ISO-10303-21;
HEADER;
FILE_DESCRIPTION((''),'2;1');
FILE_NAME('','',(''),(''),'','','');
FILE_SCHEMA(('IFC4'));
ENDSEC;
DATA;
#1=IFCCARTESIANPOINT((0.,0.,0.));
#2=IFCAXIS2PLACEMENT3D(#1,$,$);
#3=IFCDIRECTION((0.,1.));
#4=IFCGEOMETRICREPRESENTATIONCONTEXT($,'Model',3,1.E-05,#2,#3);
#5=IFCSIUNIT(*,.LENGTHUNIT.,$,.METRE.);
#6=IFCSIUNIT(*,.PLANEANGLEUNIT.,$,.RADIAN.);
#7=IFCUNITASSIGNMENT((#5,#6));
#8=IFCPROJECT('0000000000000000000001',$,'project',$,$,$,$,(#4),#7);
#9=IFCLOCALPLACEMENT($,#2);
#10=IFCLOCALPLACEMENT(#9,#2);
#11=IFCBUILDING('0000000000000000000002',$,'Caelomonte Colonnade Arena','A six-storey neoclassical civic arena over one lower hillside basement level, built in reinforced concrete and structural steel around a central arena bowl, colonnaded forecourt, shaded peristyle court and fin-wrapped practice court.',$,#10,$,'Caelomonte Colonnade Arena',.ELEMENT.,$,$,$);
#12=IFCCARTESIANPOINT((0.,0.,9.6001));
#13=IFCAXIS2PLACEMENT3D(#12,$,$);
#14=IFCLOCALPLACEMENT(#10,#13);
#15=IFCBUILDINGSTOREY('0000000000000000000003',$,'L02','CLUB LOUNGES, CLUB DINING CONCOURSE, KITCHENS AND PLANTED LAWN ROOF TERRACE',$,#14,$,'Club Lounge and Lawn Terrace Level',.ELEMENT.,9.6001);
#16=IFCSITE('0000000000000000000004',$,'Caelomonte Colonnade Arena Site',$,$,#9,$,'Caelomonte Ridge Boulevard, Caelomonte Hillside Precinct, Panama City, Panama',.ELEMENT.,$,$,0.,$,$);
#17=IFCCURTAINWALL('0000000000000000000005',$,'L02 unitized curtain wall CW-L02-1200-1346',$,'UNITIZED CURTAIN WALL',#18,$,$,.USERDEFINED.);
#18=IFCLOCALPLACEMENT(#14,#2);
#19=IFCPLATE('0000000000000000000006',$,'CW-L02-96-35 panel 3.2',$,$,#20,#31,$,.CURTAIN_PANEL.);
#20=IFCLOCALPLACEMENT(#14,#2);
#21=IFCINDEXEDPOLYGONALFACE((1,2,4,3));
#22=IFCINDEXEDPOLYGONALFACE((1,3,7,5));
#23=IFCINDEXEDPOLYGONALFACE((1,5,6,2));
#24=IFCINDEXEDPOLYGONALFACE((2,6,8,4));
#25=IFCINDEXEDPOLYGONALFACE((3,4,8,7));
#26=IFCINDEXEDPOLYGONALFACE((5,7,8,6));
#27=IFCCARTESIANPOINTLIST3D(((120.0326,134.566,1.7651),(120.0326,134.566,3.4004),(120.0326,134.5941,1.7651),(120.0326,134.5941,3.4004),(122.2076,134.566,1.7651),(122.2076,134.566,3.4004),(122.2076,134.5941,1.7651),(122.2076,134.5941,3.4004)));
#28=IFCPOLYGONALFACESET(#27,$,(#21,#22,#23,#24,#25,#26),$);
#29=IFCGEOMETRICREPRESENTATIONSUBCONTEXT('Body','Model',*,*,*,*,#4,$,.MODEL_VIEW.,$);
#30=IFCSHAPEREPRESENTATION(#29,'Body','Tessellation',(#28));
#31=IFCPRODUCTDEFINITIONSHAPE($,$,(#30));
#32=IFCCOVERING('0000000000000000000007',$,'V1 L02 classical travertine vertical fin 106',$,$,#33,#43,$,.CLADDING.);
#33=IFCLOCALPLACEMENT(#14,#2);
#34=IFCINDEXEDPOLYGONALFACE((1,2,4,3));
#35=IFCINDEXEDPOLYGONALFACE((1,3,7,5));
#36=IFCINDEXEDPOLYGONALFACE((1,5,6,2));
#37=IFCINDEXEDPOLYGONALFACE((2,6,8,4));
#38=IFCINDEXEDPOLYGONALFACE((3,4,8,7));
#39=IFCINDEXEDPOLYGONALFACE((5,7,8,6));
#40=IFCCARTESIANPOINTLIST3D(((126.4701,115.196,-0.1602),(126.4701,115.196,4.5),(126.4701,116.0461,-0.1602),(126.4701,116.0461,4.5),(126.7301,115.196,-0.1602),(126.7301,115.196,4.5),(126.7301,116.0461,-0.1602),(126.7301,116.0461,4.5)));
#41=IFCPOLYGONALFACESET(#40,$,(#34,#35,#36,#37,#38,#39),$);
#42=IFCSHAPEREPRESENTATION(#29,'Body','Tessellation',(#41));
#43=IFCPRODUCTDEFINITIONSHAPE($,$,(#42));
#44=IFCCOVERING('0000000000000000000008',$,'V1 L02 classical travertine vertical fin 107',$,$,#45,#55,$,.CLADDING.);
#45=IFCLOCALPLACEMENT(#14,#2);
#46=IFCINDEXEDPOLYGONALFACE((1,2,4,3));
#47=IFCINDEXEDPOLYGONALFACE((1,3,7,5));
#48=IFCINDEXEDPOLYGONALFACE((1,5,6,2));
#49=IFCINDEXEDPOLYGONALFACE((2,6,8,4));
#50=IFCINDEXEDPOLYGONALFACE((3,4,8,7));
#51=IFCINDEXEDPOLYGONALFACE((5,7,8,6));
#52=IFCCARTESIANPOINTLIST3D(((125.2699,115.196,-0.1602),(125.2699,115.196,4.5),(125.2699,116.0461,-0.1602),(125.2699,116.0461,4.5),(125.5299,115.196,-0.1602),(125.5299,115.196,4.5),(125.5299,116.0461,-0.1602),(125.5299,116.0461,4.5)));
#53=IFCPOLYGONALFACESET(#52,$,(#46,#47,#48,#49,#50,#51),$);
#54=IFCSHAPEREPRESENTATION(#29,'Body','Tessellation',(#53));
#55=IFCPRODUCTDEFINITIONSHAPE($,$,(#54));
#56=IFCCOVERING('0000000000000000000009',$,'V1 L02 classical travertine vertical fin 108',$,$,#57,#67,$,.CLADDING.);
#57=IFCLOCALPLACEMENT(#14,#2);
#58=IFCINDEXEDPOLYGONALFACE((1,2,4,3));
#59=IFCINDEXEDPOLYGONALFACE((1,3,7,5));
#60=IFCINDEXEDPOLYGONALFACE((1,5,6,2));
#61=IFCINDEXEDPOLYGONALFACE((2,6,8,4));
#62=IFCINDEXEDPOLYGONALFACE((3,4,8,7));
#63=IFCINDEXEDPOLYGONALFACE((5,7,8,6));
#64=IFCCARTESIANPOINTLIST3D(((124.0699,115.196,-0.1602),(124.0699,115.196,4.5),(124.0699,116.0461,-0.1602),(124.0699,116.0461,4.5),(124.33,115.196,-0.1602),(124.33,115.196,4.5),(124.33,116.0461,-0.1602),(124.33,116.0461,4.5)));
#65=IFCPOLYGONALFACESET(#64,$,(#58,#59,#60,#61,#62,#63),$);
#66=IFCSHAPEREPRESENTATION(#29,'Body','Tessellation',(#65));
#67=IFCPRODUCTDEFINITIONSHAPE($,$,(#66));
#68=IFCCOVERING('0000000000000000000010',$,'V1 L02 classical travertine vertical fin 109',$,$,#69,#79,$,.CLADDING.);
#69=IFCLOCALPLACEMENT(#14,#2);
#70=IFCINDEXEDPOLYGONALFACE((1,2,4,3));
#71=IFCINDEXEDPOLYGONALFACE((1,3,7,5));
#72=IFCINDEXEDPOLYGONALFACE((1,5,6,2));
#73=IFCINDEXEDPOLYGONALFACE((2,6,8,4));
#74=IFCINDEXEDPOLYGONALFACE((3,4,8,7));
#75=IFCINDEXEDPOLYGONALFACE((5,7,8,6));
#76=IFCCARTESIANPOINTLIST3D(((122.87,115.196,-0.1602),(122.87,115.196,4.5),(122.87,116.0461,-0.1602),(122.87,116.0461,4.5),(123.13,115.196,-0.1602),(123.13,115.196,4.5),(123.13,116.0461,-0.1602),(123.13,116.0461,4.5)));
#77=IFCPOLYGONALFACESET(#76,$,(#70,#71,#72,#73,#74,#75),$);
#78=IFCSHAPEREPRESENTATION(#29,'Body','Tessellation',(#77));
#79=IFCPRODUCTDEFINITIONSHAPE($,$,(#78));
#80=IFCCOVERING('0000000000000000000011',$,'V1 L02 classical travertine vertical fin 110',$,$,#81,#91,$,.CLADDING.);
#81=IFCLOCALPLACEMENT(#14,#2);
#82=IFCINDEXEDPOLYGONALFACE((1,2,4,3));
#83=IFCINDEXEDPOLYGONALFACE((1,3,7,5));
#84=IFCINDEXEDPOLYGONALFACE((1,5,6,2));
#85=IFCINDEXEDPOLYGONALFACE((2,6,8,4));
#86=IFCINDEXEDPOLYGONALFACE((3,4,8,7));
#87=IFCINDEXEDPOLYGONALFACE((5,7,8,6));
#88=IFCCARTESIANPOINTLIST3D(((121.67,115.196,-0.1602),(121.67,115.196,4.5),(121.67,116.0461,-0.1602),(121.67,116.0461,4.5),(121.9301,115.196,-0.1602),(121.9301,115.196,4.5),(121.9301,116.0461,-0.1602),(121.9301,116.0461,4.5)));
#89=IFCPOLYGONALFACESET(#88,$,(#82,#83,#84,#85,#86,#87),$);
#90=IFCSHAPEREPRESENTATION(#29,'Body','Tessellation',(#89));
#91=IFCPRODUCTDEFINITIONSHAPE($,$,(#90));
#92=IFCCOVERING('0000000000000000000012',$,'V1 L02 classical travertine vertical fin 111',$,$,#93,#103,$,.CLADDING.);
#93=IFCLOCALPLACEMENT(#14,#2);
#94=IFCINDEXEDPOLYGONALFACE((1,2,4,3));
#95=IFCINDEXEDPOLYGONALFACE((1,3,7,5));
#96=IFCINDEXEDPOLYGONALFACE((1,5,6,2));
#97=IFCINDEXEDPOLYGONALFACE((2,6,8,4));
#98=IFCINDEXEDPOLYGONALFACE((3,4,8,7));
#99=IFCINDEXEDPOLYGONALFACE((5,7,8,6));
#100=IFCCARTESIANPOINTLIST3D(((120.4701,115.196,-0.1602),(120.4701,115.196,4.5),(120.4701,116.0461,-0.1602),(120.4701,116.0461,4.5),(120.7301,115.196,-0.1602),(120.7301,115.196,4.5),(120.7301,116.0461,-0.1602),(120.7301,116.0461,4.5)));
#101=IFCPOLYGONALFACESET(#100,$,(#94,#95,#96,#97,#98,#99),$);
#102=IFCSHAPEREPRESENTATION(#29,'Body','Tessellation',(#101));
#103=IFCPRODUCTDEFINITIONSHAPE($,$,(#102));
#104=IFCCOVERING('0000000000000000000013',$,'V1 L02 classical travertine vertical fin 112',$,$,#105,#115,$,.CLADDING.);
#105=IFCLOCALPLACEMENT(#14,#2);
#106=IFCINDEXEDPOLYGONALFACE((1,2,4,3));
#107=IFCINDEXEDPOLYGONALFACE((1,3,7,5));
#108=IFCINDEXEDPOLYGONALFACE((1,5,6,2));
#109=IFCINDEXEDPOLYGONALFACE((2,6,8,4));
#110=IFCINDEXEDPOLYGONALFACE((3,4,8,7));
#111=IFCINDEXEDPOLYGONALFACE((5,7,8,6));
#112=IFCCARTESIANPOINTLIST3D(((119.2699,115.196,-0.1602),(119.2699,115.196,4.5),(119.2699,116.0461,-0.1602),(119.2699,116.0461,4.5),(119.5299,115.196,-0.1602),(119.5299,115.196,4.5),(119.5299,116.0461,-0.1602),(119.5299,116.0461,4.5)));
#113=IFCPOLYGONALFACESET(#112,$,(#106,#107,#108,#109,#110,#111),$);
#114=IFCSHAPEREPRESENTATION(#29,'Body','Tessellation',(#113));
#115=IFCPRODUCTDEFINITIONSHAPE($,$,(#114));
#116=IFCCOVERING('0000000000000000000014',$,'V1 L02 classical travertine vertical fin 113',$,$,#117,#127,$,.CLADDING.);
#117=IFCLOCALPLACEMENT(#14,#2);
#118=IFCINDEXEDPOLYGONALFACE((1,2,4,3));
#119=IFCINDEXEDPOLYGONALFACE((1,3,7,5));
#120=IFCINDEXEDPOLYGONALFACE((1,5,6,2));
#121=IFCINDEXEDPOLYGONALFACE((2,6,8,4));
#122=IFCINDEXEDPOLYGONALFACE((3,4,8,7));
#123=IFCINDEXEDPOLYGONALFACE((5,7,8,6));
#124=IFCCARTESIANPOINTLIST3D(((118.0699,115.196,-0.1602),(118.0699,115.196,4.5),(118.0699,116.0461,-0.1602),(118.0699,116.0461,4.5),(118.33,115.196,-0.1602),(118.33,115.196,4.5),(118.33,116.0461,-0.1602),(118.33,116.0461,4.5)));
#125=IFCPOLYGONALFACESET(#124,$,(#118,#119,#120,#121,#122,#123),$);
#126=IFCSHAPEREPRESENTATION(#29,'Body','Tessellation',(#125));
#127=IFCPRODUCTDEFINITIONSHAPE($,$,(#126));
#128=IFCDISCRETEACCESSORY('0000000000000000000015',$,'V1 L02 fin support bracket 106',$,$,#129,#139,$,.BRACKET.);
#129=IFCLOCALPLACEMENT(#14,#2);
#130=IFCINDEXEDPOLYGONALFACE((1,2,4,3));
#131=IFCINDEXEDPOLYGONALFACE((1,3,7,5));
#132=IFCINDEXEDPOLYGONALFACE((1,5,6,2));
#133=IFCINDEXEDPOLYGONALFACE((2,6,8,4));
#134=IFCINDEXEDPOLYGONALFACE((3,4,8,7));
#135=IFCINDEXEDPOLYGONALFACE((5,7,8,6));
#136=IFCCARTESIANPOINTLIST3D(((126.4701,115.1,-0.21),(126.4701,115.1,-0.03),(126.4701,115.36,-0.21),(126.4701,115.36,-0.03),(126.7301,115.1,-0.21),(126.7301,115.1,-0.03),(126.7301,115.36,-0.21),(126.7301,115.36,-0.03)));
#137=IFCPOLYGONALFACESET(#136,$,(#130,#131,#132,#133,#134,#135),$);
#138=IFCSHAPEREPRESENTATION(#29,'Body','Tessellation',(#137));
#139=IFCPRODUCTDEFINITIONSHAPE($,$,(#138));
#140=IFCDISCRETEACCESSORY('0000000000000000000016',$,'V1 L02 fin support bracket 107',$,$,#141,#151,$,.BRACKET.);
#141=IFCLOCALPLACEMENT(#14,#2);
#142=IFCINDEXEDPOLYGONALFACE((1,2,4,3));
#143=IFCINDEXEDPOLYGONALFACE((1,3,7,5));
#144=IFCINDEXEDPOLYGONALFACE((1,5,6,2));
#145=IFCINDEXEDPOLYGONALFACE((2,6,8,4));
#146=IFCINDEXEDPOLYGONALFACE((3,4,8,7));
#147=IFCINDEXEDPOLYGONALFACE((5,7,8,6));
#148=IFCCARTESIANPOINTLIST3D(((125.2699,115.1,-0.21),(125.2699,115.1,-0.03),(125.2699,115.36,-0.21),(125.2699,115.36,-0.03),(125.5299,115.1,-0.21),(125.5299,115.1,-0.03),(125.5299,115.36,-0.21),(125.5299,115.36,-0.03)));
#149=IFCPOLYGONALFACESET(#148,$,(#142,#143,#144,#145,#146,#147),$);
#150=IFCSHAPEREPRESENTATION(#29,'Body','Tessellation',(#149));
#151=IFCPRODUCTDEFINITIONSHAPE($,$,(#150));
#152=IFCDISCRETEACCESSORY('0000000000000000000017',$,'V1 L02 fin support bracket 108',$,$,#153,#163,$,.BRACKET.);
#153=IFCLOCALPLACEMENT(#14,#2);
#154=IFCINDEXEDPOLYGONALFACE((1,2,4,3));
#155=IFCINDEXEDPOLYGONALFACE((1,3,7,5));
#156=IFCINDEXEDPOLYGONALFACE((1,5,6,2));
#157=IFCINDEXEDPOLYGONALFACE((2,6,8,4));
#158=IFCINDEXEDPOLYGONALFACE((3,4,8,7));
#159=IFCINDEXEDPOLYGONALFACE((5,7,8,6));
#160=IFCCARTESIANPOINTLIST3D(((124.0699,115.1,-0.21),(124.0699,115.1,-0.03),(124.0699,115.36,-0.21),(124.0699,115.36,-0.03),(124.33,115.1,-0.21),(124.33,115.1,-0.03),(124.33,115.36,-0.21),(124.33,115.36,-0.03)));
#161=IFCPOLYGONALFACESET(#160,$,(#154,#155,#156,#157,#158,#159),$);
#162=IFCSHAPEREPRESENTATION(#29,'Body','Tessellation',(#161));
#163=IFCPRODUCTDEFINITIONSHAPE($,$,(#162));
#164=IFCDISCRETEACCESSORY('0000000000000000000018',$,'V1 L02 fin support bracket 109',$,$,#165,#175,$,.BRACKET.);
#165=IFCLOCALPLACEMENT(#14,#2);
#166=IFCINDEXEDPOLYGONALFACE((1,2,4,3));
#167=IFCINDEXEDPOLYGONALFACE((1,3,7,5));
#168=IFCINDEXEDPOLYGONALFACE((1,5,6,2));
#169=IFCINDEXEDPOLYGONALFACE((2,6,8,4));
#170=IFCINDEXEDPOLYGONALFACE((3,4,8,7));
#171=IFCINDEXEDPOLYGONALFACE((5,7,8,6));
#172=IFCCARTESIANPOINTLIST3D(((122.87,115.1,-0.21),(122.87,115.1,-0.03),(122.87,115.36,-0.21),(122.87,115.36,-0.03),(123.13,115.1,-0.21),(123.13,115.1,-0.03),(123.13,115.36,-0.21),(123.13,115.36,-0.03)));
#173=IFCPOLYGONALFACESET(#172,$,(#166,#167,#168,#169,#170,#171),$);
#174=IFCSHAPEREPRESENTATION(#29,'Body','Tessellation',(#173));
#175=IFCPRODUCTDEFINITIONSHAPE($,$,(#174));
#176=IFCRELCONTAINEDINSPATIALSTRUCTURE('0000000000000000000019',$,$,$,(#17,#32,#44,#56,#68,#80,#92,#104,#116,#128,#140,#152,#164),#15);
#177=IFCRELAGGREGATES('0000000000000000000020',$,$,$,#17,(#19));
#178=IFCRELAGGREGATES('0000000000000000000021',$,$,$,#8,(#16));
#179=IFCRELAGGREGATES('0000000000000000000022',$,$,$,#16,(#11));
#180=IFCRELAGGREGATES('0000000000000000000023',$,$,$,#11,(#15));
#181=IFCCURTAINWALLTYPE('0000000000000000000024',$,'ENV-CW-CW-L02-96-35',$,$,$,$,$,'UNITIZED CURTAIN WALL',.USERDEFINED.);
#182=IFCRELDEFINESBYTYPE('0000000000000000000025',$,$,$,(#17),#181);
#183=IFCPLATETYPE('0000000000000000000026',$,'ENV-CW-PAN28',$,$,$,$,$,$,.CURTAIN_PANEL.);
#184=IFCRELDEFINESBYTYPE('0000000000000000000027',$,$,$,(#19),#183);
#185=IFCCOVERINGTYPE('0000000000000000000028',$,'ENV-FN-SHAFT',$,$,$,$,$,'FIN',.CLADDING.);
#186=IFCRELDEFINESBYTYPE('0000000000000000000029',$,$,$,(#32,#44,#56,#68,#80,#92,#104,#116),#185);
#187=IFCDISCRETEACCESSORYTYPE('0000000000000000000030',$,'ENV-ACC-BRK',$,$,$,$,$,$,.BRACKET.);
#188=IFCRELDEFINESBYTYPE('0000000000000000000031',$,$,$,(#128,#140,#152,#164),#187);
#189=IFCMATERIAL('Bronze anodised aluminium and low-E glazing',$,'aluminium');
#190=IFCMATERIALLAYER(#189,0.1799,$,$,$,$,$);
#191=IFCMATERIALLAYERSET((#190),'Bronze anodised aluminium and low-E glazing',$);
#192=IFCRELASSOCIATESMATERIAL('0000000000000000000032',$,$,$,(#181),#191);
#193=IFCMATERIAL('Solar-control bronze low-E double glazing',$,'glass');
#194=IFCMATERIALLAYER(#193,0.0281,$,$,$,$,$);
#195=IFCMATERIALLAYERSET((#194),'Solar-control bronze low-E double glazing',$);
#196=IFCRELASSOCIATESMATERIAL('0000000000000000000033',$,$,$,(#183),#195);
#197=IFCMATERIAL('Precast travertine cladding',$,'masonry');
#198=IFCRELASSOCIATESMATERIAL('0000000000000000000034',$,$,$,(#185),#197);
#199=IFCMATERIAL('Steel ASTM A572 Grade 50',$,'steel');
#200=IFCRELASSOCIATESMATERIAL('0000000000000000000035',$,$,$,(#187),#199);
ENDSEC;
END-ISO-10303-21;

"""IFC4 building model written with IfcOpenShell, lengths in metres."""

from ifc_helpers import new_model, si_unit, direction, frame, origin, origin_2d, place, context, subcontext, project, spatial, rectangle, extrude, material, layer, layer_set, material_profile, profile_set, type_object, element, aggregate, save


model = new_model("IFC4")

# Units and contexts
model_context = context("Model", 3, precision=1e-05, world=origin(), true_north=direction((0.0, 1.0)))
body_context = subcontext(model_context, "Body", "Model", "MODEL_VIEW")
ifc_project = project(units=[si_unit("LENGTHUNIT", "METRE"), si_unit("PLANEANGLEUNIT", "RADIAN")], contexts=[model_context])

# Site, building, storey
site_placement = place(None, origin())
site = spatial("IfcSite", under=ifc_project, at=site_placement, Name="Caelomonte Colonnade Arena Site", LongName="Caelomonte Ridge Boulevard, Caelomonte Hillside Precinct, Panama City, Panama", CompositionType="ELEMENT", RefElevation=0.0)
building_placement = place(site_placement, origin())
building = spatial("IfcBuilding", under=site, at=building_placement, Name="Caelomonte Colonnade Arena", Description="A six-storey neoclassical civic arena over one lower hillside basement level, built in reinforced concrete and structural steel around a central arena bowl, colonnaded forecourt, shaded peristyle court and fin-wrapped practice court.", LongName="Caelomonte Colonnade Arena", CompositionType="ELEMENT")
storey_placement = place(building_placement, frame((0.0, 0.0, 9.6001)))
storey = spatial("IfcBuildingStorey", under=building, at=storey_placement, Name="L02", Description="CLUB LOUNGES, CLUB DINING CONCOURSE, KITCHENS AND PLANTED LAWN ROOF TERRACE", LongName="Club Lounge and Lawn Terrace Level", CompositionType="ELEMENT", Elevation=9.6001)

# Curtain wall
ifc_material_1 = material(Name="Bronze anodised aluminium and low-E glazing", Category="aluminium")
ifc_layer_1 = layer(ifc_material_1, 0.1799)
ifc_layer_set_1 = layer_set([ifc_layer_1], Name="Bronze anodised aluminium and low-E glazing")
curtain_wall_type = type_object("IfcCurtainWallType", Name="ENV-CW-CW-L02-96-35", ElementType="UNITIZED CURTAIN WALL", PredefinedType="USERDEFINED", material=ifc_layer_set_1)
curtain_wall_placement = place(storey_placement, origin())
curtain_wall = element("IfcCurtainWall", 1, at=curtain_wall_placement, inside=storey, type_object=curtain_wall_type, Name="L02 unitized curtain wall CW-L02-1200-1346", ObjectType="UNITIZED CURTAIN WALL", PredefinedType="USERDEFINED")

# Plate
ifc_material_2 = material(Name="Solar-control bronze low-E double glazing", Category="glass")
ifc_layer_2 = layer(ifc_material_2, 0.0281)
ifc_layer_set_2 = layer_set([ifc_layer_2], Name="Solar-control bronze low-E double glazing")
plate_type = type_object("IfcPlateType", Name="ENV-CW-PAN28", PredefinedType="CURTAIN_PANEL", material=ifc_layer_set_2)
plate_1_placement = place(storey_placement, frame((121.1201, 134.5801, 1.7651), z_axis=(0.0, 0.0, 1.0), x_axis=(1.0, 0.0, 0.0)))
plate_1 = element("IfcPlate", 2, at=plate_1_placement, type_object=plate_type, Name="CW-L02-96-35 panel 3.2", PredefinedType="CURTAIN_PANEL", context=body_context, shape_type="SweptSolid", body=[
    extrude(rectangle(XDim=2.175, YDim=0.0281, at=origin_2d()), origin(), (0.0, 0.0, 1.0), 1.6353),
])
aggregate(curtain_wall, [plate_1])

# Coverings
ifc_material_3 = material(Name="Precast travertine cladding", Category="masonry")
ifc_material_profile_1 = material_profile(ifc_material_3, rectangle(XDim=0.26, YDim=0.8501, at=origin_2d()), Name="FIN260X850")
ifc_profile_set_1 = profile_set([ifc_material_profile_1], Name="Precast travertine cladding")
covering_type = type_object("IfcCoveringType", Name="ENV-FN-SHAFT", ElementType="FIN", PredefinedType="CLADDING", material=ifc_profile_set_1)
for number, where, z_axis, x_axis, name in (
    (3, (126.6001, 115.6211, -0.1602), (0.0, 0.0, 1.0), (1.0, 0.0, 0.0), "V1 L02 classical travertine vertical fin 106"),
    (4, (125.3999, 115.6211, -0.1602), (0.0, 0.0, 1.0), (1.0, 0.0, 0.0), "V1 L02 classical travertine vertical fin 107"),
    (5, (124.2, 115.6211, -0.1602), (0.0, 0.0, 1.0), (1.0, 0.0, 0.0), "V1 L02 classical travertine vertical fin 108"),
    (6, (123.0, 115.6211, -0.1602), (0.0, 0.0, 1.0), (1.0, 0.0, 0.0), "V1 L02 classical travertine vertical fin 109"),
    (7, (121.8, 115.6211, -0.1602), (0.0, 0.0, 1.0), (1.0, 0.0, 0.0), "V1 L02 classical travertine vertical fin 110"),
    (8, (120.6001, 115.6211, -0.1602), (0.0, 0.0, 1.0), (1.0, 0.0, 0.0), "V1 L02 classical travertine vertical fin 111"),
    (9, (119.3999, 115.6211, -0.1602), (0.0, 0.0, 1.0), (1.0, 0.0, 0.0), "V1 L02 classical travertine vertical fin 112"),
    (10, (118.2, 115.6211, -0.1602), (0.0, 0.0, 1.0), (1.0, 0.0, 0.0), "V1 L02 classical travertine vertical fin 113"),
):
    element("IfcCovering", number, at=place(storey_placement, frame(where, z_axis=z_axis, x_axis=x_axis)), inside=storey, type_object=covering_type, Name=name, PredefinedType="CLADDING", context=body_context, shape_type="SweptSolid", body=[
        extrude(rectangle(XDim=0.26, YDim=0.8501, at=origin_2d()), origin(), (0.0, 0.0, 1.0), 4.6602),
    ])

# Discrete accessories
ifc_material_4 = material(Name="Steel ASTM A572 Grade 50", Category="steel")
discrete_accessory_type = type_object("IfcDiscreteAccessoryType", Name="ENV-ACC-BRK", PredefinedType="BRACKET", material=ifc_material_4)
for number, where, z_axis, x_axis, name in (
    (11, (126.6001, 115.23, -0.21), (0.0, 0.0, 1.0), (-1.0, 0.0, 0.0), "V1 L02 fin support bracket 106"),
    (12, (125.3999, 115.23, -0.21), (0.0, 0.0, 1.0), (-1.0, 0.0, 0.0), "V1 L02 fin support bracket 107"),
    (13, (124.2, 115.23, -0.21), (0.0, 0.0, 1.0), (-1.0, 0.0, 0.0), "V1 L02 fin support bracket 108"),
    (14, (123.0, 115.23, -0.21), (0.0, 0.0, 1.0), (-1.0, 0.0, 0.0), "V1 L02 fin support bracket 109"),
):
    element("IfcDiscreteAccessory", number, at=place(storey_placement, frame(where, z_axis=z_axis, x_axis=x_axis)), inside=storey, type_object=discrete_accessory_type, Name=name, PredefinedType="BRACKET", context=body_context, shape_type="SweptSolid", body=[
        extrude(rectangle(XDim=0.26, YDim=0.26, at=origin_2d()), origin(), (0.0, 0.0, 1.0), 0.1799),
    ])

save(model, "model.ifc")
